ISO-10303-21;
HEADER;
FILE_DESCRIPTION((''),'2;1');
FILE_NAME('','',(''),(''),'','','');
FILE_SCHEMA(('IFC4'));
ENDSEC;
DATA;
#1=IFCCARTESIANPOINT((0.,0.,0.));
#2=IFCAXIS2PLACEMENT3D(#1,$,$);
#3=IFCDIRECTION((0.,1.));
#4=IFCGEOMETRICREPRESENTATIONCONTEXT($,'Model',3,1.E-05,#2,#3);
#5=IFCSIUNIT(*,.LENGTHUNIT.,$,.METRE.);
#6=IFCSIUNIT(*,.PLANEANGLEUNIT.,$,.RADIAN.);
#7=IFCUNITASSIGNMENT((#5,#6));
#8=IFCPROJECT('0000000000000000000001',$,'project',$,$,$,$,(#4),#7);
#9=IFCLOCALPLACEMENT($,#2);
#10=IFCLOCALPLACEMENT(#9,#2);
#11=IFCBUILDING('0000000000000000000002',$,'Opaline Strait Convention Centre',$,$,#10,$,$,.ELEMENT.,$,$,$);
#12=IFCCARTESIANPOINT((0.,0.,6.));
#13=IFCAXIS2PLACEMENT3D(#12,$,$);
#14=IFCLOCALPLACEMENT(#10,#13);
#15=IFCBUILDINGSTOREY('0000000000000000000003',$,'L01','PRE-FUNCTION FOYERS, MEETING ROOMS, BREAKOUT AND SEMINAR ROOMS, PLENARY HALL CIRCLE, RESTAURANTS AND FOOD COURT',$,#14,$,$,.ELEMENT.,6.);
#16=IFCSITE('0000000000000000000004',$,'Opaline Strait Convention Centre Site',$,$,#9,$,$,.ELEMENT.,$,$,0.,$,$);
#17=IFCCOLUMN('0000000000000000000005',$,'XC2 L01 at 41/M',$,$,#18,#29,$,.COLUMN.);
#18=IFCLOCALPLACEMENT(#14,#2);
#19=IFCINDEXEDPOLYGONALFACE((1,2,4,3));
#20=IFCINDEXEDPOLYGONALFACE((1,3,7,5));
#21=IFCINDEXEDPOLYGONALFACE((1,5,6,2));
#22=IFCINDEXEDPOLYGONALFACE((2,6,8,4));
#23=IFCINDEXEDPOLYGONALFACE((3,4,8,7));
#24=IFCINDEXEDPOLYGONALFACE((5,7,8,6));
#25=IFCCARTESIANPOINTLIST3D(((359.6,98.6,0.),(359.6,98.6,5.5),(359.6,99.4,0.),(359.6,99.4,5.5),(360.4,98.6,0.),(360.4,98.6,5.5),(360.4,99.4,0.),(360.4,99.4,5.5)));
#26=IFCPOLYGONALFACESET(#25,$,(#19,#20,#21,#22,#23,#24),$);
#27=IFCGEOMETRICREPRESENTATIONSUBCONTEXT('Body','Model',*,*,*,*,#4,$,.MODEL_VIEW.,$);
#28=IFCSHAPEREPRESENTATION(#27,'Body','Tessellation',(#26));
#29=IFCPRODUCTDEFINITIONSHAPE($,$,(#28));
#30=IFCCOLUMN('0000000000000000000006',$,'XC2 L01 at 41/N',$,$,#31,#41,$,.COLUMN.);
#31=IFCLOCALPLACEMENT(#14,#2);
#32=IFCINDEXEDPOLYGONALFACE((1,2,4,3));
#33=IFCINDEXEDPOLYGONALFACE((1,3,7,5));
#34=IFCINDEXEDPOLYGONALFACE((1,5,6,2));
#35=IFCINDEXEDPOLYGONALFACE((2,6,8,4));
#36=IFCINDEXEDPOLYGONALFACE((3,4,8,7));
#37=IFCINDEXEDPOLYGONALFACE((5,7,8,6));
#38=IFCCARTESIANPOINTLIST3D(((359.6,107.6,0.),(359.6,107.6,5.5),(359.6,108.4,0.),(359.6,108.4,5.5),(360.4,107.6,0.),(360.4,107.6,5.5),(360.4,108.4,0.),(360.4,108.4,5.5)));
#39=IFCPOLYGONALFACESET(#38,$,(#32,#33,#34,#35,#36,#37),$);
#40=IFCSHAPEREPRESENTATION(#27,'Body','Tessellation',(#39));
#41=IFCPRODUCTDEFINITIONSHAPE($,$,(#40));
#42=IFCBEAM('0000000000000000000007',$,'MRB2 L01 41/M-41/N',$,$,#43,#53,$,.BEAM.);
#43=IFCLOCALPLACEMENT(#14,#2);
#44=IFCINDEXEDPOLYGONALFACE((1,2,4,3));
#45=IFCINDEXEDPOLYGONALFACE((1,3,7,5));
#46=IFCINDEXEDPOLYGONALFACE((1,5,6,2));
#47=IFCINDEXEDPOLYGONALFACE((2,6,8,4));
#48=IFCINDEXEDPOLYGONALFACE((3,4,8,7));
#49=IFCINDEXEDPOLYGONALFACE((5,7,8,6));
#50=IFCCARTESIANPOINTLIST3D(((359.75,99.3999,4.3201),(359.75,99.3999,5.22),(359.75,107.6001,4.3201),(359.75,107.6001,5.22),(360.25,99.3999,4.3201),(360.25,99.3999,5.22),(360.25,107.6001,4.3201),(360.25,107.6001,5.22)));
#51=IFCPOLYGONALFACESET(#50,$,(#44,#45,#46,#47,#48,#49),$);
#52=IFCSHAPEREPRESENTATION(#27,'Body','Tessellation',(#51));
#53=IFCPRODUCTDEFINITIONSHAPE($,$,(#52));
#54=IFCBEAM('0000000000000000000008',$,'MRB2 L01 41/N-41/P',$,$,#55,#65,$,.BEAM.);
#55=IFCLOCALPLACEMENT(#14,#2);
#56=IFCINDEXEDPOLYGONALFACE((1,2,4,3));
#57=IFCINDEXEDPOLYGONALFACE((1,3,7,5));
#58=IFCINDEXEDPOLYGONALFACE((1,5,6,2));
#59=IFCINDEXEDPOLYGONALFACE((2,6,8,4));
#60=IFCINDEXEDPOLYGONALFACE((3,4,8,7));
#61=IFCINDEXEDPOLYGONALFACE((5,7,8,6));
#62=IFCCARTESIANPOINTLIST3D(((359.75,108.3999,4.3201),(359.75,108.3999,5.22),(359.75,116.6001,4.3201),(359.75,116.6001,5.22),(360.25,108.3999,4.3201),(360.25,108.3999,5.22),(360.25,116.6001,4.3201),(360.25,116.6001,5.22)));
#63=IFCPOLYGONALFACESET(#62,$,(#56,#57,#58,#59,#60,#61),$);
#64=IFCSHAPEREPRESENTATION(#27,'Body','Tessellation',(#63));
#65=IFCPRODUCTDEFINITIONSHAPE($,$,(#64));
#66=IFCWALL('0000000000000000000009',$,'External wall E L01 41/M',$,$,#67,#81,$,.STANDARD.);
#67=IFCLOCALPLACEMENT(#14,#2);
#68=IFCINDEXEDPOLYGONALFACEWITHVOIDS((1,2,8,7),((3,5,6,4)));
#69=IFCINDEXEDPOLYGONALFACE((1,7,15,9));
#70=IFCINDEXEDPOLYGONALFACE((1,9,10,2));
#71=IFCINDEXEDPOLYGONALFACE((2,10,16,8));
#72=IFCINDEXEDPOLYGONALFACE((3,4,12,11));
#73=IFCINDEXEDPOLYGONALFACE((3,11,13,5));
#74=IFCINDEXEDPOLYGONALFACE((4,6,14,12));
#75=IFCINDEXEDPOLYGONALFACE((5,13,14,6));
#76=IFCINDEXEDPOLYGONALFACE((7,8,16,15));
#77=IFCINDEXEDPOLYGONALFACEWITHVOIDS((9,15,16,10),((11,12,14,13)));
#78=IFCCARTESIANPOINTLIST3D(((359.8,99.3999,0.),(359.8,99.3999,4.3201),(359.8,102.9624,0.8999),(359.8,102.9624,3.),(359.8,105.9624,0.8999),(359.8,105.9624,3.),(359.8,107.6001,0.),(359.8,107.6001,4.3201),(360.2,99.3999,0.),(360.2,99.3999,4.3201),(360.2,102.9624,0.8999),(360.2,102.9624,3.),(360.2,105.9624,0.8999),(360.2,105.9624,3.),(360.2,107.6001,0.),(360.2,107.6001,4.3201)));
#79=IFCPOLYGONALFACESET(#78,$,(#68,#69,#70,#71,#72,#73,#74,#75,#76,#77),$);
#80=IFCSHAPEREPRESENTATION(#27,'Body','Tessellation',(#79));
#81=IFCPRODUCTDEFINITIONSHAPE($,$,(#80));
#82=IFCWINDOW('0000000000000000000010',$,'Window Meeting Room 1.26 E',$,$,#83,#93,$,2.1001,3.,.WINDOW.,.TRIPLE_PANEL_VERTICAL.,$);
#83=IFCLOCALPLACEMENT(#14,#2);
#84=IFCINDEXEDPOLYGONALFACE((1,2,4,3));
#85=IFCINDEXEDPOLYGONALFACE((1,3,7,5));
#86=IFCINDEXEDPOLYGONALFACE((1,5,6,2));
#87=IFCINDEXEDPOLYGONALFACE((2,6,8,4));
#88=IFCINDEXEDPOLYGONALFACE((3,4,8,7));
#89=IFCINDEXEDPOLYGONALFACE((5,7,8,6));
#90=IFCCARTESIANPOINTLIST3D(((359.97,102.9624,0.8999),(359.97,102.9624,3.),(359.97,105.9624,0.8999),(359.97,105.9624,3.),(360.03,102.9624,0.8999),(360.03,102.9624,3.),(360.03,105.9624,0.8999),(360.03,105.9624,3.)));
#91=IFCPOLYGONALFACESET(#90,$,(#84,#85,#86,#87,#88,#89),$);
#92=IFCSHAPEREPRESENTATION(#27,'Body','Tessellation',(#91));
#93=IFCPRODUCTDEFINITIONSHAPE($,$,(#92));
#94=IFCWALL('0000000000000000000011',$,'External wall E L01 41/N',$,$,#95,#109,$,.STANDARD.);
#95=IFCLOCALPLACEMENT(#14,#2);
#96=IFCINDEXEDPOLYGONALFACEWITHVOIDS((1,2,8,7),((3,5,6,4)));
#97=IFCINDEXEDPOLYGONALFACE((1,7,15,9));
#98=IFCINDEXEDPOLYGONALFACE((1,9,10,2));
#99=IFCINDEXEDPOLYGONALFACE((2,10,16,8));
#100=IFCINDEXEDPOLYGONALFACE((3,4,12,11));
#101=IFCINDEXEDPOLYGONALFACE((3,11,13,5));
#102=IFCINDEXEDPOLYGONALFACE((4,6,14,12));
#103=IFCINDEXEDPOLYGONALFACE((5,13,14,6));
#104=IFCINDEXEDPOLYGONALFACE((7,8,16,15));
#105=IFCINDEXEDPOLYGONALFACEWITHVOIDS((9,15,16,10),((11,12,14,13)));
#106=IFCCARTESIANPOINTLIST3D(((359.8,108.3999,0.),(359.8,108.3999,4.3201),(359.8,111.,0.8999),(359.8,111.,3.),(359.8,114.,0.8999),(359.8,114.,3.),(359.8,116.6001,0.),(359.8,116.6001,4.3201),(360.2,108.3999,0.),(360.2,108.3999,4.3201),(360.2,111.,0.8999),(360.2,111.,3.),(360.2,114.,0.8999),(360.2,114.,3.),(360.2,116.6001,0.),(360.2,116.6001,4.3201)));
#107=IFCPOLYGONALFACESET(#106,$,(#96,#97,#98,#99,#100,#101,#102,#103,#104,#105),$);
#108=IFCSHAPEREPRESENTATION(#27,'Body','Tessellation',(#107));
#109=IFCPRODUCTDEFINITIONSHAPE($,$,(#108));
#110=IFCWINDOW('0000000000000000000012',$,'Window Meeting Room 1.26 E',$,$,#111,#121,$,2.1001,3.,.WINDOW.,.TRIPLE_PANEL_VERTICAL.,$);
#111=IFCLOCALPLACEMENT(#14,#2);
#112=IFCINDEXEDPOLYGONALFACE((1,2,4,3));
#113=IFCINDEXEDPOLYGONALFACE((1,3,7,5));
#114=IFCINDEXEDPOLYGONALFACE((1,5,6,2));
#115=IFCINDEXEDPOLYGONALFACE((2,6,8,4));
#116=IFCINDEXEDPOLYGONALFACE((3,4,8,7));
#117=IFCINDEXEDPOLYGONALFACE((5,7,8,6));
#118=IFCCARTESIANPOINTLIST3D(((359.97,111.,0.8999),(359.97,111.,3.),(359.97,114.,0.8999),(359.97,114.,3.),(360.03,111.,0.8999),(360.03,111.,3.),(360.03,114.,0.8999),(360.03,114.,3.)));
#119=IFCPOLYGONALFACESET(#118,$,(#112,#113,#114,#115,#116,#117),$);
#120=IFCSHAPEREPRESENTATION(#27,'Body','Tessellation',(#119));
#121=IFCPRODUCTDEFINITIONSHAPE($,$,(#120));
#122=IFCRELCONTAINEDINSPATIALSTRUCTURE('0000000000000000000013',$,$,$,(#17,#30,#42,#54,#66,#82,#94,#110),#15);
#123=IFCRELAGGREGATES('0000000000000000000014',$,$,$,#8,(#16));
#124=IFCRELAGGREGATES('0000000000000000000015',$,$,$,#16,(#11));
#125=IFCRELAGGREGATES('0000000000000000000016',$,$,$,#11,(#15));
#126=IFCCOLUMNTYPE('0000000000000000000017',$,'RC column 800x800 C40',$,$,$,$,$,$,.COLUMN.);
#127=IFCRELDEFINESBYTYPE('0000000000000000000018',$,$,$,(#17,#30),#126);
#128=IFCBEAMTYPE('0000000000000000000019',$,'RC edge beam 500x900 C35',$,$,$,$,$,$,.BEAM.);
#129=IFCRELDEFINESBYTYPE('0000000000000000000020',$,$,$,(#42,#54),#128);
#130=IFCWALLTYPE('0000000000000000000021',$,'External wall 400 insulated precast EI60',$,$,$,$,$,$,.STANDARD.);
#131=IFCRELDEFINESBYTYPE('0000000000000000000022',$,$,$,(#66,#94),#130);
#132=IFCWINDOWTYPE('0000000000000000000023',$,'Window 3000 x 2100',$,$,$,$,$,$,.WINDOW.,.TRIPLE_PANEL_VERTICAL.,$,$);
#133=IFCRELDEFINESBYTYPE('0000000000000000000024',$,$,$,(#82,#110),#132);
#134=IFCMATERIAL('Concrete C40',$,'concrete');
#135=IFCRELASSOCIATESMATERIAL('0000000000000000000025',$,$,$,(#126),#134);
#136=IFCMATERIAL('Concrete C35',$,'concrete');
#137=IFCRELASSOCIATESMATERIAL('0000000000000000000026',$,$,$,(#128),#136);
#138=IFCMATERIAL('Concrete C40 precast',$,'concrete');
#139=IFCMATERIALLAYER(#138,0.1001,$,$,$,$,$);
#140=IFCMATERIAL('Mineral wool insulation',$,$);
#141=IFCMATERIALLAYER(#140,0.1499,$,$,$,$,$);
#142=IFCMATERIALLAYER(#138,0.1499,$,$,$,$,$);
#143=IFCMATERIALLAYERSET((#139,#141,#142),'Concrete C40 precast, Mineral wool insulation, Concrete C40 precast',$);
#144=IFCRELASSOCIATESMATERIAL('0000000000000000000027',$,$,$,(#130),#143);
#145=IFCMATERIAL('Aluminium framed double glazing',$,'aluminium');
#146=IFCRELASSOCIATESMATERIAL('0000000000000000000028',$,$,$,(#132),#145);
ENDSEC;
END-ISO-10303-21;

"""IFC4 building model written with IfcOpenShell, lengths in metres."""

from ifc_helpers import new_model, si_unit, direction, frame, frame_2d, origin, origin_2d, place, context, subcontext, project, spatial, rectangle, extrude, material, layer, layer_set, material_profile, profile_set, type_object, element, fill, save


model = new_model("IFC4")

# Units and contexts
model_context = context("Model", 3, precision=1e-05, world=origin(), true_north=direction((0.0, 1.0)))
body_context = subcontext(model_context, "Body", "Model", "MODEL_VIEW")
ifc_project = project(units=[si_unit("LENGTHUNIT", "METRE"), si_unit("PLANEANGLEUNIT", "RADIAN")], contexts=[model_context])

# Site, building, storey
site_placement = place(None, origin())
site = spatial("IfcSite", under=ifc_project, at=site_placement, Name="Opaline Strait Convention Centre Site", CompositionType="ELEMENT", RefElevation=0.0)
building_placement = place(site_placement, origin())
building = spatial("IfcBuilding", under=site, at=building_placement, Name="Opaline Strait Convention Centre", CompositionType="ELEMENT")
storey_placement = place(building_placement, frame((0.0, 0.0, 6.0)))
storey = spatial("IfcBuildingStorey", under=building, at=storey_placement, Name="L01", Description="PRE-FUNCTION FOYERS, MEETING ROOMS, BREAKOUT AND SEMINAR ROOMS, PLENARY HALL CIRCLE, RESTAURANTS AND FOOD COURT", CompositionType="ELEMENT", Elevation=6.0)

# Columns
ifc_material_1 = material(Name="Concrete C40", Category="concrete")
ifc_material_profile_1 = material_profile(ifc_material_1, rectangle(XDim=0.8, YDim=0.8, at=origin_2d()), Name="RC 800x800")
ifc_profile_set_1 = profile_set([ifc_material_profile_1], Name="Concrete C40")
column_type = type_object("IfcColumnType", Name="RC column 800x800 C40", PredefinedType="COLUMN", material=ifc_profile_set_1)
for number, where, z_axis, x_axis, name in (
    (1, (360.0, 99.0, 0.0), (0.0, 0.0, 1.0), (1.0, 0.0, 0.0), "XC2 L01 at 41/M"),
    (2, (360.0, 108.0, 0.0), (0.0, 0.0, 1.0), (1.0, 0.0, 0.0), "XC2 L01 at 41/N"),
):
    element("IfcColumn", number, at=place(storey_placement, frame(where, z_axis=z_axis, x_axis=x_axis)), inside=storey, type_object=column_type, Name=name, PredefinedType="COLUMN", context=body_context, shape_type="SweptSolid", body=[
        extrude(rectangle(XDim=0.8, YDim=0.8, at=origin_2d()), origin(), (0.0, 0.0, 1.0), 5.5),
    ])

# Beams
ifc_material_2 = material(Name="Concrete C35", Category="concrete")
ifc_material_profile_2 = material_profile(ifc_material_2, rectangle(XDim=0.5, YDim=0.8999, at=origin_2d()), Name="RC 500x900")
ifc_profile_set_2 = profile_set([ifc_material_profile_2], Name="Concrete C35")
beam_type = type_object("IfcBeamType", Name="RC edge beam 500x900 C35", PredefinedType="BEAM", material=ifc_profile_set_2)
for number, where, z_axis, x_axis, name in (
    (3, (360.0, 99.3999, 4.77), (0.0, 1.0, 0.0), (-1.0, 0.0, 0.0), "MRB2 L01 41/M-41/N"),
    (4, (360.0, 108.3999, 4.77), (0.0, 1.0, 0.0), (-1.0, 0.0, 0.0), "MRB2 L01 41/N-41/P"),
):
    element("IfcBeam", number, at=place(storey_placement, frame(where, z_axis=z_axis, x_axis=x_axis)), inside=storey, type_object=beam_type, Name=name, PredefinedType="BEAM", context=body_context, shape_type="SweptSolid", body=[
        extrude(rectangle(XDim=0.5, YDim=0.8999, at=origin_2d()), origin(), (0.0, 0.0, 1.0), 8.2002),
    ])

# Walls, openings, windows
ifc_material_3 = material(Name="Concrete C40 precast", Category="concrete")
ifc_layer_1 = layer(ifc_material_3, 0.1001)
ifc_material_4 = material(Name="Mineral wool insulation")
ifc_layer_2 = layer(ifc_material_4, 0.1499)
ifc_layer_3 = layer(ifc_material_3, 0.1499)
ifc_layer_set_1 = layer_set([ifc_layer_1, ifc_layer_2, ifc_layer_3], Name="Concrete C40 precast, Mineral wool insulation, Concrete C40 precast")
wall_type = type_object("IfcWallType", Name="External wall 400 insulated precast EI60", PredefinedType="STANDARD", material=ifc_layer_set_1)
wall_1_placement = place(storey_placement, frame((360.0, 99.3999, 0.0), z_axis=(0.0, 0.0, 1.0), x_axis=(0.0, 1.0, 0.0)))
wall_1 = element("IfcWall", 5, at=wall_1_placement, inside=storey, type_object=wall_type, Name="External wall E L01 41/M", PredefinedType="STANDARD", context=body_context, shape_type="SweptSolid", body=[
    extrude(rectangle(XDim=8.2002, YDim=0.3999, at=frame_2d((4.1001, 0.0))), origin(), (0.0, 0.0, 1.0), 4.3201),
])
opening_1_placement = place(wall_1_placement, frame((3.5625, 0.0, 0.8999)))
opening_1 = element("IfcOpeningElement", 6, at=opening_1_placement, cuts=wall_1, PredefinedType="OPENING", context=body_context, shape_type="SweptSolid", body=[
    extrude(rectangle(XDim=3.0, YDim=2.1001, at=frame_2d((1.5, 1.05))), frame((0.0, 0.21, 0.0), z_axis=(0.0, -1.0, 0.0), x_axis=(1.0, 0.0, 0.0)), (0.0, 0.0, 1.0), 0.4199),
])
ifc_material_5 = material(Name="Aluminium framed double glazing", Category="aluminium")
window_type = type_object("IfcWindowType", Name="Window 3000 x 2100", PartitioningType="TRIPLE_PANEL_VERTICAL", PredefinedType="WINDOW", material=ifc_material_5)
window_1_placement = place(opening_1_placement, origin())
window_1 = element("IfcWindow", 7, at=window_1_placement, inside=storey, type_object=window_type, Name="Window Meeting Room 1.26 E", OverallHeight=2.1001, OverallWidth=3.0, PartitioningType="TRIPLE_PANEL_VERTICAL", PredefinedType="WINDOW", context=body_context, shape_type="SweptSolid", body=[
    extrude(rectangle(XDim=3.0, YDim=2.1001, at=frame_2d((1.5, 1.05))), frame((0.0, 0.03, 0.0), z_axis=(0.0, -1.0, 0.0), x_axis=(1.0, 0.0, 0.0)), (0.0, 0.0, 1.0), 0.0601),
])
fill(opening_1, window_1)
wall_2_placement = place(storey_placement, frame((360.0, 108.3999, 0.0), z_axis=(0.0, 0.0, 1.0), x_axis=(0.0, 1.0, 0.0)))
wall_2 = element("IfcWall", 8, at=wall_2_placement, inside=storey, type_object=wall_type, Name="External wall E L01 41/N", PredefinedType="STANDARD", context=body_context, shape_type="SweptSolid", body=[
    extrude(rectangle(XDim=8.2002, YDim=0.3999, at=frame_2d((4.1001, 0.0))), origin(), (0.0, 0.0, 1.0), 4.3201),
])
opening_2_placement = place(wall_2_placement, frame((2.6001, 0.0, 0.8999)))
opening_2 = element("IfcOpeningElement", 9, at=opening_2_placement, cuts=wall_2, PredefinedType="OPENING", context=body_context, shape_type="SweptSolid", body=[
    extrude(rectangle(XDim=3.0, YDim=2.1001, at=frame_2d((1.5, 1.05))), frame((0.0, 0.21, 0.0), z_axis=(0.0, -1.0, 0.0), x_axis=(1.0, 0.0, 0.0)), (0.0, 0.0, 1.0), 0.4199),
])
window_2_placement = place(opening_2_placement, origin())
window_2 = element("IfcWindow", 10, at=window_2_placement, inside=storey, type_object=window_type, Name="Window Meeting Room 1.26 E", OverallHeight=2.1001, OverallWidth=3.0, PartitioningType="TRIPLE_PANEL_VERTICAL", PredefinedType="WINDOW", context=body_context, shape_type="SweptSolid", body=[
    extrude(rectangle(XDim=3.0, YDim=2.1001, at=frame_2d((1.5, 1.05))), frame((0.0, 0.03, 0.0), z_axis=(0.0, -1.0, 0.0), x_axis=(1.0, 0.0, 0.0)), (0.0, 0.0, 1.0), 0.0601),
])
fill(opening_2, window_2)

save(model, "model.ifc")
